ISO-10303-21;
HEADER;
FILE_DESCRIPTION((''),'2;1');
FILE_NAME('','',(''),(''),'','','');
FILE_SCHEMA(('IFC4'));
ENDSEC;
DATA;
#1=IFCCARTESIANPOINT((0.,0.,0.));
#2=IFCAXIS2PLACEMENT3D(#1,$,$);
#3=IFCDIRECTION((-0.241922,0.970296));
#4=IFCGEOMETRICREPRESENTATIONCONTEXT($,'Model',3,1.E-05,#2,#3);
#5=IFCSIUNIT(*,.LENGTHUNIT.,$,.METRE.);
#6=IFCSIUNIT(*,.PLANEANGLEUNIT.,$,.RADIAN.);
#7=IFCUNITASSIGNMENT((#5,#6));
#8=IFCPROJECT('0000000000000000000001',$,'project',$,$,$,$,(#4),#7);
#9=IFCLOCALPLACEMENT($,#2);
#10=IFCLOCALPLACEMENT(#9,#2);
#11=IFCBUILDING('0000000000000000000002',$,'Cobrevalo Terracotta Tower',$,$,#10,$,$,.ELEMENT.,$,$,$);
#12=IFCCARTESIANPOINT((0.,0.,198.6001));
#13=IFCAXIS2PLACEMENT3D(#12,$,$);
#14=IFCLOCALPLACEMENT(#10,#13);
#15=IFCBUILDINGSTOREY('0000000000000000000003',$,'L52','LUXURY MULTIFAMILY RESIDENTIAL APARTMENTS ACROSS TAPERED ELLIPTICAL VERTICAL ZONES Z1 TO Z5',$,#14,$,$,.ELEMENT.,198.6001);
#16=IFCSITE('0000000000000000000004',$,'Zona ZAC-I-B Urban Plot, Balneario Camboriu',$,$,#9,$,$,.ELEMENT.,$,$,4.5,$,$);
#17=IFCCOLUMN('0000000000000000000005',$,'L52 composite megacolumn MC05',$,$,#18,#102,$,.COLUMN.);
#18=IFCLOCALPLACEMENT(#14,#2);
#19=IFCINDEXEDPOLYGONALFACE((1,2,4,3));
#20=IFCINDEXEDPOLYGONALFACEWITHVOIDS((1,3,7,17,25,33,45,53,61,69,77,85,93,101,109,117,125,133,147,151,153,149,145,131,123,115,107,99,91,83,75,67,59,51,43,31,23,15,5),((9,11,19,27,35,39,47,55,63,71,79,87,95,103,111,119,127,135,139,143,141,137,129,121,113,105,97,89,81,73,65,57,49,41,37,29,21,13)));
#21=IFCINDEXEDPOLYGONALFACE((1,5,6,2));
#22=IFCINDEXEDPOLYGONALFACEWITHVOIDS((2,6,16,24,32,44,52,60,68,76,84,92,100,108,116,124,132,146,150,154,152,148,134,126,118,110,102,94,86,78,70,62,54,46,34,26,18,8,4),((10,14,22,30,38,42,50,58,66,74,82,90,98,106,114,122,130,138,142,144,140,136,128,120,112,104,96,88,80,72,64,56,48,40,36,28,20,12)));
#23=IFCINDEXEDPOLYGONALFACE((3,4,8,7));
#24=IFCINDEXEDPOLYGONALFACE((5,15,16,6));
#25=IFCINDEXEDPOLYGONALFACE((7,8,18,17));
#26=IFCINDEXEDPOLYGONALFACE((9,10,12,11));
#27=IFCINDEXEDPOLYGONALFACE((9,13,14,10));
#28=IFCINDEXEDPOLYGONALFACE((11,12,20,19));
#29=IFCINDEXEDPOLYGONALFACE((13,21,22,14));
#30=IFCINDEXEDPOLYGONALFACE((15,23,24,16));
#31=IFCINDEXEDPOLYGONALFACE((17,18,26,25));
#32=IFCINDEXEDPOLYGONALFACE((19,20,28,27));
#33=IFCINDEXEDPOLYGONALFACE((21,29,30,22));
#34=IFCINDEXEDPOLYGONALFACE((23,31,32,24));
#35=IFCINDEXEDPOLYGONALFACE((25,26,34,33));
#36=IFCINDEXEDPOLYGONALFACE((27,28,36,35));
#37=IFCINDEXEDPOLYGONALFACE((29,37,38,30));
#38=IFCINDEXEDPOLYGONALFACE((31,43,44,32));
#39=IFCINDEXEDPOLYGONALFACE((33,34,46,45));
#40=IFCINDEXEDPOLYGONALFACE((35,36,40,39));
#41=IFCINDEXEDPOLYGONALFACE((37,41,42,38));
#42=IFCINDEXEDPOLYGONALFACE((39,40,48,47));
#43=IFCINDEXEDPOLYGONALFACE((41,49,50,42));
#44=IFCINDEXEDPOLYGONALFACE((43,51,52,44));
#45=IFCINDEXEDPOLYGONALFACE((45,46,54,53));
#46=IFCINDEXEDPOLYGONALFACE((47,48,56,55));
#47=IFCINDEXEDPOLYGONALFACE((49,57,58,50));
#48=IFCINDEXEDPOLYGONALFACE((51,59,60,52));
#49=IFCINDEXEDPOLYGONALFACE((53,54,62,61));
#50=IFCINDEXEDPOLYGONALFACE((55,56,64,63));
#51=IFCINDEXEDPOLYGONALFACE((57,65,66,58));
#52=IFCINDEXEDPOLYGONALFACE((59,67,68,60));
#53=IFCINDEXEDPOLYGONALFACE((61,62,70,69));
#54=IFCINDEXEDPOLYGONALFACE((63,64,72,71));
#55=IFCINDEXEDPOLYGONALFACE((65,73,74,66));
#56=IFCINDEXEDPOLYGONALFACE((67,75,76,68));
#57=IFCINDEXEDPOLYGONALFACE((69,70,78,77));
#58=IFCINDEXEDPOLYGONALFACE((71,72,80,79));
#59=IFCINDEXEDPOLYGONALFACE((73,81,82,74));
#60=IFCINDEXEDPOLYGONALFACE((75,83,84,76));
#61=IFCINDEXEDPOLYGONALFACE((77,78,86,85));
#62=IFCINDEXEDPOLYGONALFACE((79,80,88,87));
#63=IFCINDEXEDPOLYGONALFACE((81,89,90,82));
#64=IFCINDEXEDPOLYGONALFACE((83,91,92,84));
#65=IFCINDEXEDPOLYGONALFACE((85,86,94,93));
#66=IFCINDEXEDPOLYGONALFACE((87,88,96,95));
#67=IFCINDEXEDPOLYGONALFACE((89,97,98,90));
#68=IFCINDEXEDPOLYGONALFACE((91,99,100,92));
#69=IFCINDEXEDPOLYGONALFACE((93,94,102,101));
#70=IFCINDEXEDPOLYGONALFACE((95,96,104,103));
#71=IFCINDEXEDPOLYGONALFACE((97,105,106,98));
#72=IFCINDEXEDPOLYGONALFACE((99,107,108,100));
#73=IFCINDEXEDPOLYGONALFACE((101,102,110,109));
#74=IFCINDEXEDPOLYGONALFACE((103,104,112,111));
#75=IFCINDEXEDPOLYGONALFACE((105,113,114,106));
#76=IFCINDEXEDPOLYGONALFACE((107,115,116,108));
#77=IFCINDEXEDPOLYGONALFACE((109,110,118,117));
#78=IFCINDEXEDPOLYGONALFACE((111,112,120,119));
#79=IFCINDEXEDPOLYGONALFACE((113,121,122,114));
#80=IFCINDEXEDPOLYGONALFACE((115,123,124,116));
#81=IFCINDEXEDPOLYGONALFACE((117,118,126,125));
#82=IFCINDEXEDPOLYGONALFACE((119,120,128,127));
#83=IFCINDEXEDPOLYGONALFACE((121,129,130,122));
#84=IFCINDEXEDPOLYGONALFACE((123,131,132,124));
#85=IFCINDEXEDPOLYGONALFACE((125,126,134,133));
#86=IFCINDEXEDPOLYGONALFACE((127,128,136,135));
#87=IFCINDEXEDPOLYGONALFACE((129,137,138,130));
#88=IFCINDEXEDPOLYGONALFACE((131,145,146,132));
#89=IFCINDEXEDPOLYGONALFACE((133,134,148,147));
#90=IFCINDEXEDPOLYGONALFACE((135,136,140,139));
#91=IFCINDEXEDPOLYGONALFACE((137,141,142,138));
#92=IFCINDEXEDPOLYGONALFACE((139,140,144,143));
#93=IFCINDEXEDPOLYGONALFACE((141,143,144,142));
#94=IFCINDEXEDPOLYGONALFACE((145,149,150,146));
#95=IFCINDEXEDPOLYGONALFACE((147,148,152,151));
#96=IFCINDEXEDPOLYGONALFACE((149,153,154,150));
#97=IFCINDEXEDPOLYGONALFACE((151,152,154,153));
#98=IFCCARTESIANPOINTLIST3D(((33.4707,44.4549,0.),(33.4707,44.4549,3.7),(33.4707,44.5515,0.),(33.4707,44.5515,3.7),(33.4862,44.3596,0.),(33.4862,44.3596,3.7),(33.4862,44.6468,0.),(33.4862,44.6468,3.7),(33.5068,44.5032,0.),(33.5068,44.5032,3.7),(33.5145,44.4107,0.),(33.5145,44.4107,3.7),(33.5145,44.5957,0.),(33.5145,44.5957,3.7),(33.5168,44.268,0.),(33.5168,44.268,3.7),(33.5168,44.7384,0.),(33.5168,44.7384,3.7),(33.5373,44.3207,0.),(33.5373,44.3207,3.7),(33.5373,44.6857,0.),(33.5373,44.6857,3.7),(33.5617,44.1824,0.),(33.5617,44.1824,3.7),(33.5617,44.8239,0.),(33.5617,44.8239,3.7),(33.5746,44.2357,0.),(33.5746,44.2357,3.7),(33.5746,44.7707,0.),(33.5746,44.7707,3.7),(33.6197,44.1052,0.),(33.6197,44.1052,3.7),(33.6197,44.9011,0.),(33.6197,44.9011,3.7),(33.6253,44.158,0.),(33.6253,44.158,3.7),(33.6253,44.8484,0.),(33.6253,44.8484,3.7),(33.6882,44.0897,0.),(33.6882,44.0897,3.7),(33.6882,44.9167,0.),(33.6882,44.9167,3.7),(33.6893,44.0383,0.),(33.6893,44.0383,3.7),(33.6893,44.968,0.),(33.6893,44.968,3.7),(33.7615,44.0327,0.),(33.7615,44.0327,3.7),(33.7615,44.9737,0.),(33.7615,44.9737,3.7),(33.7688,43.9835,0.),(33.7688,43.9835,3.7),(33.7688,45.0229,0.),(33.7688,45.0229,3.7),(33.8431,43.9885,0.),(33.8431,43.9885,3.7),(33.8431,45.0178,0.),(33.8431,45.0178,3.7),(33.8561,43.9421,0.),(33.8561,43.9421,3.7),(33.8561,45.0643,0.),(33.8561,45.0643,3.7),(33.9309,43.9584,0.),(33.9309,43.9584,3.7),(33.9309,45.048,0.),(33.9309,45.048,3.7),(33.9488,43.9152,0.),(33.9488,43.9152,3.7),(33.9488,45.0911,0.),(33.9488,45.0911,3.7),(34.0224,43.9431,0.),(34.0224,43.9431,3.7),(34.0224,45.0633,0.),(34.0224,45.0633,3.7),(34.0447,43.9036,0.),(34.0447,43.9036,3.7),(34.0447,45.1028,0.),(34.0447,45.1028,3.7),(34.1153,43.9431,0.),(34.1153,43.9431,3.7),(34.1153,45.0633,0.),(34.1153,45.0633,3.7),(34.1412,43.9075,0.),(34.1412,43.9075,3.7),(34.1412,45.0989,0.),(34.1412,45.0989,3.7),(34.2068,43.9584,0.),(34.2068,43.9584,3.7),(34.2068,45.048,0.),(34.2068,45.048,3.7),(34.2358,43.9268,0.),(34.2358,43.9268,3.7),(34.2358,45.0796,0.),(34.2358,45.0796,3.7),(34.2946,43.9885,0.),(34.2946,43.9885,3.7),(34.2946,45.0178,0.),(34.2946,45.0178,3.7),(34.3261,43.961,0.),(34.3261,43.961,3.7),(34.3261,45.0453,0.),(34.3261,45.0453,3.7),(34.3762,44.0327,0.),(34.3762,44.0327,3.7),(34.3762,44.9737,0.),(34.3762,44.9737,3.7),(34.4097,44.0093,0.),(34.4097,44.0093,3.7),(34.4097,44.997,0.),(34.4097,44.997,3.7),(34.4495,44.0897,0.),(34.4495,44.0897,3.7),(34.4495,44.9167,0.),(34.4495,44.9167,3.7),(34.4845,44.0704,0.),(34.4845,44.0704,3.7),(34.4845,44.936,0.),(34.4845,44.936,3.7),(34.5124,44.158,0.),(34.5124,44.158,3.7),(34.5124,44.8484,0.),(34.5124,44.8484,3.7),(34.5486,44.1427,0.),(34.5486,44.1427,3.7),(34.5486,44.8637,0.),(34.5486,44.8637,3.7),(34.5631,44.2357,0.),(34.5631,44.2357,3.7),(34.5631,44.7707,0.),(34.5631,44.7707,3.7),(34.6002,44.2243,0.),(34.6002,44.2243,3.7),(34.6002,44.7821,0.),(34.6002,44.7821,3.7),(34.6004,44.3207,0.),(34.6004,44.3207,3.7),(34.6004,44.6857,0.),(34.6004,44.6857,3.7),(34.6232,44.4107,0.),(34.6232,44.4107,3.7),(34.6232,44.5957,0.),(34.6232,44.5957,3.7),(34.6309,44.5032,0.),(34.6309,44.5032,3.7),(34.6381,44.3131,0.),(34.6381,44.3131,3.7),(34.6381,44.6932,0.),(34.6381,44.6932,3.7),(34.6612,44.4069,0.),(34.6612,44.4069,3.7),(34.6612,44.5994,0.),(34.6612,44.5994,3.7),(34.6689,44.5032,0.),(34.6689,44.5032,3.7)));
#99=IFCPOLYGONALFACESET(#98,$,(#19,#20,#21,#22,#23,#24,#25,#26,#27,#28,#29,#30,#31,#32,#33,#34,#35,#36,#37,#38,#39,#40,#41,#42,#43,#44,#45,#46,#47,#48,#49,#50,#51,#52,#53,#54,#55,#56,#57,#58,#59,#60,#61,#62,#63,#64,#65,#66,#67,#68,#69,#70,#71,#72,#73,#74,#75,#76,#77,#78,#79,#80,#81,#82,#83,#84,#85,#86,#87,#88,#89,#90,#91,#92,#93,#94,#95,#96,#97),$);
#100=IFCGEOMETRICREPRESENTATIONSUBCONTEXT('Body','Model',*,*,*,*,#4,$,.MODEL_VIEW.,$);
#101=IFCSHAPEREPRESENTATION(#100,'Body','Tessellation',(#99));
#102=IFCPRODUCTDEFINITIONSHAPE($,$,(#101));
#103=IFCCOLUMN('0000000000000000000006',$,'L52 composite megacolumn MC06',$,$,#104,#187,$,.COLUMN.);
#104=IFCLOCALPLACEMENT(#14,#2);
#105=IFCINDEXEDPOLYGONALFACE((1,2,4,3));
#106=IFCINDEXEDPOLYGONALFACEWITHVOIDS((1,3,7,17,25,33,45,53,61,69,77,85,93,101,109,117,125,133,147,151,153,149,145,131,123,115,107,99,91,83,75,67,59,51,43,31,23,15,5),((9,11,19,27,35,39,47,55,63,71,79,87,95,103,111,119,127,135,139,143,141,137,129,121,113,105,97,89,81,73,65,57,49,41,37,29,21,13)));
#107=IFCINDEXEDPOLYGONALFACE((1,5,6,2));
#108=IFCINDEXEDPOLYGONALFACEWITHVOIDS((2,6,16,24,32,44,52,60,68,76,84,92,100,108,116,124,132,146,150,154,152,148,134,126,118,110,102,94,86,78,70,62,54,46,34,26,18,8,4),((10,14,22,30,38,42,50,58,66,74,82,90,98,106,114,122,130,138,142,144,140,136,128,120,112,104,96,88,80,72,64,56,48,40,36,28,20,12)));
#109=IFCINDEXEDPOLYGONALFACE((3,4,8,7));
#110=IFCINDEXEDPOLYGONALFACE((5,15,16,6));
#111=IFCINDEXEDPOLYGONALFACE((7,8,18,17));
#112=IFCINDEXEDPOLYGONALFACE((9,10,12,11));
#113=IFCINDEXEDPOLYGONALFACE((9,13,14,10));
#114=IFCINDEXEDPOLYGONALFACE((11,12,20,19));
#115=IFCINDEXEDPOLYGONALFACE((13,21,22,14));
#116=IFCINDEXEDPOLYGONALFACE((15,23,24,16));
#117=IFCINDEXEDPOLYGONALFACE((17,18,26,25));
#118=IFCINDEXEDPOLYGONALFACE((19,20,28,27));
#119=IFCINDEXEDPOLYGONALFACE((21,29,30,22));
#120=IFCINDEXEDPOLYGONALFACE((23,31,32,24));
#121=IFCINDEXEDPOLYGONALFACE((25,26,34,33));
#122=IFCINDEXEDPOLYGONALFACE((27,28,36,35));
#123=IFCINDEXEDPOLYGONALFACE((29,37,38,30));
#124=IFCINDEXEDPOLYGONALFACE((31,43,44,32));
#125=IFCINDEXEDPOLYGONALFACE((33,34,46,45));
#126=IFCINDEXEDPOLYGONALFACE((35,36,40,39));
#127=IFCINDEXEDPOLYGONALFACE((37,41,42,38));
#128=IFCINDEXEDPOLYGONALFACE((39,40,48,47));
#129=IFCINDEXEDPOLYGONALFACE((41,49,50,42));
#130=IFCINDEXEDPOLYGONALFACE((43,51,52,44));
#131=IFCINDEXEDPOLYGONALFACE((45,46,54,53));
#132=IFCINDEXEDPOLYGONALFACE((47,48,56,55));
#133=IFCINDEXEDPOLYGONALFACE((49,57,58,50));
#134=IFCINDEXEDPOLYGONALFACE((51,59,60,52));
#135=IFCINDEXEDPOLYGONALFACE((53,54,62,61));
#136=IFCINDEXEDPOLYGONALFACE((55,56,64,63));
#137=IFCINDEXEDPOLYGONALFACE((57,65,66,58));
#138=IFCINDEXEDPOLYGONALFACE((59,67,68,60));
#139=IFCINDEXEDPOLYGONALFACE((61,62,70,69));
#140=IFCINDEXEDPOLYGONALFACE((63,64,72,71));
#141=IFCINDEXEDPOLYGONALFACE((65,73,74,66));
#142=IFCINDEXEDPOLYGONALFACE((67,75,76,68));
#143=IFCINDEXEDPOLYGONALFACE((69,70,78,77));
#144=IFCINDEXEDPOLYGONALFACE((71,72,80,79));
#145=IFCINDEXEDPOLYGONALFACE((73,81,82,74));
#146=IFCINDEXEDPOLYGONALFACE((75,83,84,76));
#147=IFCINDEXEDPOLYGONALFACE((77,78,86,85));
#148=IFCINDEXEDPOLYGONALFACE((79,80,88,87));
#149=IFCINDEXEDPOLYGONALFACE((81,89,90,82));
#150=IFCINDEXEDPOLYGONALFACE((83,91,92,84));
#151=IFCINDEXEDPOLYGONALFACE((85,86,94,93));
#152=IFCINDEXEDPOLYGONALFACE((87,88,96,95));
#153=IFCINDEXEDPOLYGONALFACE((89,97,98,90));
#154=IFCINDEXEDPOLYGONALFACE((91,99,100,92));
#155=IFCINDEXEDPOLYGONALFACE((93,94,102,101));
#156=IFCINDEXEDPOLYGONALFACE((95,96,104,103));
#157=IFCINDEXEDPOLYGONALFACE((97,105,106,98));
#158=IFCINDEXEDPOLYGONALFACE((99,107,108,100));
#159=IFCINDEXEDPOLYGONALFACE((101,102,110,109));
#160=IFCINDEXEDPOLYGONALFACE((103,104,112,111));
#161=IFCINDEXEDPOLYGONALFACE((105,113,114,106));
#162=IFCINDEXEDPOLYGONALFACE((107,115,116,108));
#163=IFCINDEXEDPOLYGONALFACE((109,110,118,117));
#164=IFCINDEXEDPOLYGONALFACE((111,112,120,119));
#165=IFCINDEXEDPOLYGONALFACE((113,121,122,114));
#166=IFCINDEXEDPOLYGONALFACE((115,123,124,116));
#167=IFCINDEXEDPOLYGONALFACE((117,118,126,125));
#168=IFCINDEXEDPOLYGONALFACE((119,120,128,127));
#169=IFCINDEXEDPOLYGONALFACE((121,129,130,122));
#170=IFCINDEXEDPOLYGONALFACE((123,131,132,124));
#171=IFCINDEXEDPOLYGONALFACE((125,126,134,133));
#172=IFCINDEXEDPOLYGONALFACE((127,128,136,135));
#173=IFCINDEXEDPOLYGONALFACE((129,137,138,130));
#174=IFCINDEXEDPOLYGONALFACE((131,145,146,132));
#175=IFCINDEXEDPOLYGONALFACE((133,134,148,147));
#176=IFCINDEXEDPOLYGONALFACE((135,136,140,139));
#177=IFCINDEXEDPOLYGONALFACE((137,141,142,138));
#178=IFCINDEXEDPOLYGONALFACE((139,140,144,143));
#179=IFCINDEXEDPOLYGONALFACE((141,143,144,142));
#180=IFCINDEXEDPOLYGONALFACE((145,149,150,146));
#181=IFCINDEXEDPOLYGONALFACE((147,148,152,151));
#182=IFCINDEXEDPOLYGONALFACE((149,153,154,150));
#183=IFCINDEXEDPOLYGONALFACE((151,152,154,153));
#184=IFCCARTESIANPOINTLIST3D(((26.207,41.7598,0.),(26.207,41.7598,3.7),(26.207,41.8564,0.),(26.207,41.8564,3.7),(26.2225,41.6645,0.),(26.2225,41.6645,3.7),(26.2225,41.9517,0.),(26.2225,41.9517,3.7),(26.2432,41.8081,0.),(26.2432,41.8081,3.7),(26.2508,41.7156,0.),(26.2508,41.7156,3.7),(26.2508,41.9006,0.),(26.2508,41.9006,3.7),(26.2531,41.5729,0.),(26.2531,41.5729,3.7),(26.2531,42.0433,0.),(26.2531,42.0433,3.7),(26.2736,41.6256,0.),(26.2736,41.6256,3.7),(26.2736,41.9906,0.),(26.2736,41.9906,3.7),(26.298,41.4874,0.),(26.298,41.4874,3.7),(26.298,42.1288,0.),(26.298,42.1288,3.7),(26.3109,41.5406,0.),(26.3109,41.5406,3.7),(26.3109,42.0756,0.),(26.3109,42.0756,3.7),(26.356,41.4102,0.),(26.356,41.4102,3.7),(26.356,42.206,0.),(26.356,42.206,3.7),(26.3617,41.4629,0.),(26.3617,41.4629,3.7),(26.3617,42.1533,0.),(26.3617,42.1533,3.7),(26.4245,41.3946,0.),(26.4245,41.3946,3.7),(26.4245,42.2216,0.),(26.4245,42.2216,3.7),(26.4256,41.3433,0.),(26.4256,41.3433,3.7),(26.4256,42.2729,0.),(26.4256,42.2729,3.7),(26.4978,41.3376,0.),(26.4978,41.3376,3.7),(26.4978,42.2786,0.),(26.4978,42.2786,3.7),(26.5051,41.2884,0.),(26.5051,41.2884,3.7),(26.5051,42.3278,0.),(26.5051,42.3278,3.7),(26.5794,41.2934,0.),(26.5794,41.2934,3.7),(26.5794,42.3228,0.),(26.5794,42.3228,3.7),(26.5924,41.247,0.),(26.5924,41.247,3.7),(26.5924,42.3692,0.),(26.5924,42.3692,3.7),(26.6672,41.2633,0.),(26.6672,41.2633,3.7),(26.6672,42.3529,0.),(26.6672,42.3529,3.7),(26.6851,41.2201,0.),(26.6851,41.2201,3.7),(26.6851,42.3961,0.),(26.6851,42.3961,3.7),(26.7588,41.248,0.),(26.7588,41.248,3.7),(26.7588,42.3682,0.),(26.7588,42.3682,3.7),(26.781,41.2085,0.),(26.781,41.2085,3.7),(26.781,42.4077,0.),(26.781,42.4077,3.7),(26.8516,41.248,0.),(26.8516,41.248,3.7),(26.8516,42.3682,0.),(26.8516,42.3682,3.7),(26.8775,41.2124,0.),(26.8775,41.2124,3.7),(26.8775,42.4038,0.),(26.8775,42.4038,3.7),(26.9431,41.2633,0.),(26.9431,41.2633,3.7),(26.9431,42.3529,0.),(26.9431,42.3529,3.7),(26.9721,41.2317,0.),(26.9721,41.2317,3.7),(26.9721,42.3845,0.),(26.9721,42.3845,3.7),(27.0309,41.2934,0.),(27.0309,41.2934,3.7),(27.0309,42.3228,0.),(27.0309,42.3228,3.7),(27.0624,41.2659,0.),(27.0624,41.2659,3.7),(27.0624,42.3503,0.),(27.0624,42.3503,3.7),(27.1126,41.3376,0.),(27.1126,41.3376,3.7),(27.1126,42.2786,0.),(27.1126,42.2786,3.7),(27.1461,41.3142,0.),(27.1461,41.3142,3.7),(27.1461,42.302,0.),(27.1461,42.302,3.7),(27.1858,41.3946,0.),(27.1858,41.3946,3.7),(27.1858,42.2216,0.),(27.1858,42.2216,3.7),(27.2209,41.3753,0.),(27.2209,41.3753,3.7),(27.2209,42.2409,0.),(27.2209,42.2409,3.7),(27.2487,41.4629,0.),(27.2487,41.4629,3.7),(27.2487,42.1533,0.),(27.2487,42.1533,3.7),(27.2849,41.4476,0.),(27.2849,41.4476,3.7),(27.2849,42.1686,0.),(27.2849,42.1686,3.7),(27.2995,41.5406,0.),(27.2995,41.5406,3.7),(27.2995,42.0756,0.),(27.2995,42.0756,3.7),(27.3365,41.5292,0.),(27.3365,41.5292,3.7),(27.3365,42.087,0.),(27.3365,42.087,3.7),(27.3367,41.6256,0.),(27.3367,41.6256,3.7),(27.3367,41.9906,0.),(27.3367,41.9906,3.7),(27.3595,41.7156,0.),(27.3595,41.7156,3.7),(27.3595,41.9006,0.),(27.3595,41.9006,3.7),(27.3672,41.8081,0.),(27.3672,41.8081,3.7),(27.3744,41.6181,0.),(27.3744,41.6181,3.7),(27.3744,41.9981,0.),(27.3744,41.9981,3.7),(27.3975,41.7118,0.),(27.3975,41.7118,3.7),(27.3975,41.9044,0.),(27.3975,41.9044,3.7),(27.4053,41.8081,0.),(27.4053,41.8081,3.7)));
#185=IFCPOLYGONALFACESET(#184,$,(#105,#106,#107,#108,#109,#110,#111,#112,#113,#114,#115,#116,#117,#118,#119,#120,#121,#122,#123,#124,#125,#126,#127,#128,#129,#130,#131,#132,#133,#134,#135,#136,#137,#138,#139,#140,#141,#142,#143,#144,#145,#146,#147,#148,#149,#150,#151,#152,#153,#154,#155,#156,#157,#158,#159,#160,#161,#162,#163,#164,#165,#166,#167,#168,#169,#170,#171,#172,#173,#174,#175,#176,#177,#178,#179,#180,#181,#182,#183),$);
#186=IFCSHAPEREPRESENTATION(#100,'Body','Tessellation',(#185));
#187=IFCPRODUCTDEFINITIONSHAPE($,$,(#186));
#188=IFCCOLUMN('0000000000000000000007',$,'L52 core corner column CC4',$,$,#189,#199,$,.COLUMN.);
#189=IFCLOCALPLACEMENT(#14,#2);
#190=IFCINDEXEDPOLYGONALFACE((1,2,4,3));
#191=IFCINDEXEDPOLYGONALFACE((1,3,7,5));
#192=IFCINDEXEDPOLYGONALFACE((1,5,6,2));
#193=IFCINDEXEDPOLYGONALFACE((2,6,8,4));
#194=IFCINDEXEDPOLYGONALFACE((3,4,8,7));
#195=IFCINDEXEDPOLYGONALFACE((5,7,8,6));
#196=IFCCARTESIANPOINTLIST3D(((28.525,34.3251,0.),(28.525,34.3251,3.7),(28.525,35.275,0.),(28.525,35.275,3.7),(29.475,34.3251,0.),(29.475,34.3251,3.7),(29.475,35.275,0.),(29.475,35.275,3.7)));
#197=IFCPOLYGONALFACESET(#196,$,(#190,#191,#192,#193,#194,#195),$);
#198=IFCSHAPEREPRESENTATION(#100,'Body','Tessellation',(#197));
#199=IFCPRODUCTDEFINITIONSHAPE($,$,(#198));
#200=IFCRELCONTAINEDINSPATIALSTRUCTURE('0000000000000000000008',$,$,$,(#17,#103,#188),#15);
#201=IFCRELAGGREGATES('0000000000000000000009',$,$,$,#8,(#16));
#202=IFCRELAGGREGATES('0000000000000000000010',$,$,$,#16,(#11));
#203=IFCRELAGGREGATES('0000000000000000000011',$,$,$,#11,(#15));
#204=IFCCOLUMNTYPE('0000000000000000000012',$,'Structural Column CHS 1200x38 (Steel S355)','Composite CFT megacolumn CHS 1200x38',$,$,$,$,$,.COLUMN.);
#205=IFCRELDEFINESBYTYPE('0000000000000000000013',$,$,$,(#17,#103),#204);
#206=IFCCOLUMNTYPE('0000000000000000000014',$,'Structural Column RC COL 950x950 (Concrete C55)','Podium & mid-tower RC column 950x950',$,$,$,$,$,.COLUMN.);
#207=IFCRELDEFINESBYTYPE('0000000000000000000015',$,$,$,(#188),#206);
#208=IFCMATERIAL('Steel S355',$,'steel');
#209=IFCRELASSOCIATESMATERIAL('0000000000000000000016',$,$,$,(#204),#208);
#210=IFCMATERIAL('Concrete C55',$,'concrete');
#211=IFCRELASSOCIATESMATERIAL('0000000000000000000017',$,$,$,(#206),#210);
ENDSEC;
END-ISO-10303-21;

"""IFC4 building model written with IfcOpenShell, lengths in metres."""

from ifc_helpers import new_model, si_unit, direction, frame, origin, origin_2d, place, context, subcontext, project, spatial, rectangle, hollow_circle, extrude, material, material_profile, profile_set, type_object, element, save


model = new_model("IFC4")

# Units and contexts
model_context = context("Model", 3, precision=1e-05, world=origin(), true_north=direction((-0.241922, 0.970296)))
body_context = subcontext(model_context, "Body", "Model", "MODEL_VIEW")
ifc_project = project(units=[si_unit("LENGTHUNIT", "METRE"), si_unit("PLANEANGLEUNIT", "RADIAN")], contexts=[model_context])

# Site, building, storey
site_placement = place(None, origin())
site = spatial("IfcSite", under=ifc_project, at=site_placement, Name="Zona ZAC-I-B Urban Plot, Balneario Camboriu", CompositionType="ELEMENT", RefElevation=4.5)
building_placement = place(site_placement, origin())
building = spatial("IfcBuilding", under=site, at=building_placement, Name="Cobrevalo Terracotta Tower", CompositionType="ELEMENT")
storey_placement = place(building_placement, frame((0.0, 0.0, 198.6001)))
storey = spatial("IfcBuildingStorey", under=building, at=storey_placement, Name="L52", Description="LUXURY MULTIFAMILY RESIDENTIAL APARTMENTS ACROSS TAPERED ELLIPTICAL VERTICAL ZONES Z1 TO Z5", CompositionType="ELEMENT", Elevation=198.6001)

# Columns
ifc_material_1 = material(Name="Steel S355", Category="steel")
ifc_material_profile_1 = material_profile(ifc_material_1, hollow_circle(Radius=0.6001, WallThickness=0.0381, at=origin_2d()), Name="CHS 1200x38")
ifc_profile_set_1 = profile_set([ifc_material_profile_1], Name="Steel S355")
column_type_1 = type_object("IfcColumnType", Name="Structural Column CHS 1200x38 (Steel S355)", Description="Composite CFT megacolumn CHS 1200x38", PredefinedType="COLUMN", material=ifc_profile_set_1)
for number, where, z_axis, x_axis, name in (
    (1, (34.0688, 44.5032, 0.0), (0.0, 0.0, 1.0), (1.0, 0.0, 0.0), "L52 composite megacolumn MC05"),
    (2, (26.8052, 41.8081, 0.0), (0.0, 0.0, 1.0), (1.0, 0.0, 0.0), "L52 composite megacolumn MC06"),
):
    element("IfcColumn", number, at=place(storey_placement, frame(where, z_axis=z_axis, x_axis=x_axis)), inside=storey, type_object=column_type_1, Name=name, PredefinedType="COLUMN", context=body_context, shape_type="SweptSolid", body=[
        extrude(hollow_circle(Radius=0.6001, WallThickness=0.0381, at=origin_2d()), origin(), (0.0, 0.0, 1.0), 3.7),
    ])
ifc_material_2 = material(Name="Concrete C55", Category="concrete")
ifc_material_profile_2 = material_profile(ifc_material_2, rectangle(XDim=0.95, YDim=0.95, at=origin_2d()), Name="RC COL 950x950")
ifc_profile_set_2 = profile_set([ifc_material_profile_2], Name="Concrete C55")
column_type_2 = type_object("IfcColumnType", Name="Structural Column RC COL 950x950 (Concrete C55)", Description="Podium & mid-tower RC column 950x950", PredefinedType="COLUMN", material=ifc_profile_set_2)
column_placement = place(storey_placement, frame((29.0, 34.8, 0.0), z_axis=(0.0, 0.0, 1.0), x_axis=(1.0, 0.0, 0.0)))
element("IfcColumn", 3, at=column_placement, inside=storey, type_object=column_type_2, Name="L52 core corner column CC4", PredefinedType="COLUMN", context=body_context, shape_type="SweptSolid", body=[
    extrude(rectangle(XDim=0.95, YDim=0.95, at=origin_2d()), origin(), (0.0, 0.0, 1.0), 3.7),
])

save(model, "model.ifc")
